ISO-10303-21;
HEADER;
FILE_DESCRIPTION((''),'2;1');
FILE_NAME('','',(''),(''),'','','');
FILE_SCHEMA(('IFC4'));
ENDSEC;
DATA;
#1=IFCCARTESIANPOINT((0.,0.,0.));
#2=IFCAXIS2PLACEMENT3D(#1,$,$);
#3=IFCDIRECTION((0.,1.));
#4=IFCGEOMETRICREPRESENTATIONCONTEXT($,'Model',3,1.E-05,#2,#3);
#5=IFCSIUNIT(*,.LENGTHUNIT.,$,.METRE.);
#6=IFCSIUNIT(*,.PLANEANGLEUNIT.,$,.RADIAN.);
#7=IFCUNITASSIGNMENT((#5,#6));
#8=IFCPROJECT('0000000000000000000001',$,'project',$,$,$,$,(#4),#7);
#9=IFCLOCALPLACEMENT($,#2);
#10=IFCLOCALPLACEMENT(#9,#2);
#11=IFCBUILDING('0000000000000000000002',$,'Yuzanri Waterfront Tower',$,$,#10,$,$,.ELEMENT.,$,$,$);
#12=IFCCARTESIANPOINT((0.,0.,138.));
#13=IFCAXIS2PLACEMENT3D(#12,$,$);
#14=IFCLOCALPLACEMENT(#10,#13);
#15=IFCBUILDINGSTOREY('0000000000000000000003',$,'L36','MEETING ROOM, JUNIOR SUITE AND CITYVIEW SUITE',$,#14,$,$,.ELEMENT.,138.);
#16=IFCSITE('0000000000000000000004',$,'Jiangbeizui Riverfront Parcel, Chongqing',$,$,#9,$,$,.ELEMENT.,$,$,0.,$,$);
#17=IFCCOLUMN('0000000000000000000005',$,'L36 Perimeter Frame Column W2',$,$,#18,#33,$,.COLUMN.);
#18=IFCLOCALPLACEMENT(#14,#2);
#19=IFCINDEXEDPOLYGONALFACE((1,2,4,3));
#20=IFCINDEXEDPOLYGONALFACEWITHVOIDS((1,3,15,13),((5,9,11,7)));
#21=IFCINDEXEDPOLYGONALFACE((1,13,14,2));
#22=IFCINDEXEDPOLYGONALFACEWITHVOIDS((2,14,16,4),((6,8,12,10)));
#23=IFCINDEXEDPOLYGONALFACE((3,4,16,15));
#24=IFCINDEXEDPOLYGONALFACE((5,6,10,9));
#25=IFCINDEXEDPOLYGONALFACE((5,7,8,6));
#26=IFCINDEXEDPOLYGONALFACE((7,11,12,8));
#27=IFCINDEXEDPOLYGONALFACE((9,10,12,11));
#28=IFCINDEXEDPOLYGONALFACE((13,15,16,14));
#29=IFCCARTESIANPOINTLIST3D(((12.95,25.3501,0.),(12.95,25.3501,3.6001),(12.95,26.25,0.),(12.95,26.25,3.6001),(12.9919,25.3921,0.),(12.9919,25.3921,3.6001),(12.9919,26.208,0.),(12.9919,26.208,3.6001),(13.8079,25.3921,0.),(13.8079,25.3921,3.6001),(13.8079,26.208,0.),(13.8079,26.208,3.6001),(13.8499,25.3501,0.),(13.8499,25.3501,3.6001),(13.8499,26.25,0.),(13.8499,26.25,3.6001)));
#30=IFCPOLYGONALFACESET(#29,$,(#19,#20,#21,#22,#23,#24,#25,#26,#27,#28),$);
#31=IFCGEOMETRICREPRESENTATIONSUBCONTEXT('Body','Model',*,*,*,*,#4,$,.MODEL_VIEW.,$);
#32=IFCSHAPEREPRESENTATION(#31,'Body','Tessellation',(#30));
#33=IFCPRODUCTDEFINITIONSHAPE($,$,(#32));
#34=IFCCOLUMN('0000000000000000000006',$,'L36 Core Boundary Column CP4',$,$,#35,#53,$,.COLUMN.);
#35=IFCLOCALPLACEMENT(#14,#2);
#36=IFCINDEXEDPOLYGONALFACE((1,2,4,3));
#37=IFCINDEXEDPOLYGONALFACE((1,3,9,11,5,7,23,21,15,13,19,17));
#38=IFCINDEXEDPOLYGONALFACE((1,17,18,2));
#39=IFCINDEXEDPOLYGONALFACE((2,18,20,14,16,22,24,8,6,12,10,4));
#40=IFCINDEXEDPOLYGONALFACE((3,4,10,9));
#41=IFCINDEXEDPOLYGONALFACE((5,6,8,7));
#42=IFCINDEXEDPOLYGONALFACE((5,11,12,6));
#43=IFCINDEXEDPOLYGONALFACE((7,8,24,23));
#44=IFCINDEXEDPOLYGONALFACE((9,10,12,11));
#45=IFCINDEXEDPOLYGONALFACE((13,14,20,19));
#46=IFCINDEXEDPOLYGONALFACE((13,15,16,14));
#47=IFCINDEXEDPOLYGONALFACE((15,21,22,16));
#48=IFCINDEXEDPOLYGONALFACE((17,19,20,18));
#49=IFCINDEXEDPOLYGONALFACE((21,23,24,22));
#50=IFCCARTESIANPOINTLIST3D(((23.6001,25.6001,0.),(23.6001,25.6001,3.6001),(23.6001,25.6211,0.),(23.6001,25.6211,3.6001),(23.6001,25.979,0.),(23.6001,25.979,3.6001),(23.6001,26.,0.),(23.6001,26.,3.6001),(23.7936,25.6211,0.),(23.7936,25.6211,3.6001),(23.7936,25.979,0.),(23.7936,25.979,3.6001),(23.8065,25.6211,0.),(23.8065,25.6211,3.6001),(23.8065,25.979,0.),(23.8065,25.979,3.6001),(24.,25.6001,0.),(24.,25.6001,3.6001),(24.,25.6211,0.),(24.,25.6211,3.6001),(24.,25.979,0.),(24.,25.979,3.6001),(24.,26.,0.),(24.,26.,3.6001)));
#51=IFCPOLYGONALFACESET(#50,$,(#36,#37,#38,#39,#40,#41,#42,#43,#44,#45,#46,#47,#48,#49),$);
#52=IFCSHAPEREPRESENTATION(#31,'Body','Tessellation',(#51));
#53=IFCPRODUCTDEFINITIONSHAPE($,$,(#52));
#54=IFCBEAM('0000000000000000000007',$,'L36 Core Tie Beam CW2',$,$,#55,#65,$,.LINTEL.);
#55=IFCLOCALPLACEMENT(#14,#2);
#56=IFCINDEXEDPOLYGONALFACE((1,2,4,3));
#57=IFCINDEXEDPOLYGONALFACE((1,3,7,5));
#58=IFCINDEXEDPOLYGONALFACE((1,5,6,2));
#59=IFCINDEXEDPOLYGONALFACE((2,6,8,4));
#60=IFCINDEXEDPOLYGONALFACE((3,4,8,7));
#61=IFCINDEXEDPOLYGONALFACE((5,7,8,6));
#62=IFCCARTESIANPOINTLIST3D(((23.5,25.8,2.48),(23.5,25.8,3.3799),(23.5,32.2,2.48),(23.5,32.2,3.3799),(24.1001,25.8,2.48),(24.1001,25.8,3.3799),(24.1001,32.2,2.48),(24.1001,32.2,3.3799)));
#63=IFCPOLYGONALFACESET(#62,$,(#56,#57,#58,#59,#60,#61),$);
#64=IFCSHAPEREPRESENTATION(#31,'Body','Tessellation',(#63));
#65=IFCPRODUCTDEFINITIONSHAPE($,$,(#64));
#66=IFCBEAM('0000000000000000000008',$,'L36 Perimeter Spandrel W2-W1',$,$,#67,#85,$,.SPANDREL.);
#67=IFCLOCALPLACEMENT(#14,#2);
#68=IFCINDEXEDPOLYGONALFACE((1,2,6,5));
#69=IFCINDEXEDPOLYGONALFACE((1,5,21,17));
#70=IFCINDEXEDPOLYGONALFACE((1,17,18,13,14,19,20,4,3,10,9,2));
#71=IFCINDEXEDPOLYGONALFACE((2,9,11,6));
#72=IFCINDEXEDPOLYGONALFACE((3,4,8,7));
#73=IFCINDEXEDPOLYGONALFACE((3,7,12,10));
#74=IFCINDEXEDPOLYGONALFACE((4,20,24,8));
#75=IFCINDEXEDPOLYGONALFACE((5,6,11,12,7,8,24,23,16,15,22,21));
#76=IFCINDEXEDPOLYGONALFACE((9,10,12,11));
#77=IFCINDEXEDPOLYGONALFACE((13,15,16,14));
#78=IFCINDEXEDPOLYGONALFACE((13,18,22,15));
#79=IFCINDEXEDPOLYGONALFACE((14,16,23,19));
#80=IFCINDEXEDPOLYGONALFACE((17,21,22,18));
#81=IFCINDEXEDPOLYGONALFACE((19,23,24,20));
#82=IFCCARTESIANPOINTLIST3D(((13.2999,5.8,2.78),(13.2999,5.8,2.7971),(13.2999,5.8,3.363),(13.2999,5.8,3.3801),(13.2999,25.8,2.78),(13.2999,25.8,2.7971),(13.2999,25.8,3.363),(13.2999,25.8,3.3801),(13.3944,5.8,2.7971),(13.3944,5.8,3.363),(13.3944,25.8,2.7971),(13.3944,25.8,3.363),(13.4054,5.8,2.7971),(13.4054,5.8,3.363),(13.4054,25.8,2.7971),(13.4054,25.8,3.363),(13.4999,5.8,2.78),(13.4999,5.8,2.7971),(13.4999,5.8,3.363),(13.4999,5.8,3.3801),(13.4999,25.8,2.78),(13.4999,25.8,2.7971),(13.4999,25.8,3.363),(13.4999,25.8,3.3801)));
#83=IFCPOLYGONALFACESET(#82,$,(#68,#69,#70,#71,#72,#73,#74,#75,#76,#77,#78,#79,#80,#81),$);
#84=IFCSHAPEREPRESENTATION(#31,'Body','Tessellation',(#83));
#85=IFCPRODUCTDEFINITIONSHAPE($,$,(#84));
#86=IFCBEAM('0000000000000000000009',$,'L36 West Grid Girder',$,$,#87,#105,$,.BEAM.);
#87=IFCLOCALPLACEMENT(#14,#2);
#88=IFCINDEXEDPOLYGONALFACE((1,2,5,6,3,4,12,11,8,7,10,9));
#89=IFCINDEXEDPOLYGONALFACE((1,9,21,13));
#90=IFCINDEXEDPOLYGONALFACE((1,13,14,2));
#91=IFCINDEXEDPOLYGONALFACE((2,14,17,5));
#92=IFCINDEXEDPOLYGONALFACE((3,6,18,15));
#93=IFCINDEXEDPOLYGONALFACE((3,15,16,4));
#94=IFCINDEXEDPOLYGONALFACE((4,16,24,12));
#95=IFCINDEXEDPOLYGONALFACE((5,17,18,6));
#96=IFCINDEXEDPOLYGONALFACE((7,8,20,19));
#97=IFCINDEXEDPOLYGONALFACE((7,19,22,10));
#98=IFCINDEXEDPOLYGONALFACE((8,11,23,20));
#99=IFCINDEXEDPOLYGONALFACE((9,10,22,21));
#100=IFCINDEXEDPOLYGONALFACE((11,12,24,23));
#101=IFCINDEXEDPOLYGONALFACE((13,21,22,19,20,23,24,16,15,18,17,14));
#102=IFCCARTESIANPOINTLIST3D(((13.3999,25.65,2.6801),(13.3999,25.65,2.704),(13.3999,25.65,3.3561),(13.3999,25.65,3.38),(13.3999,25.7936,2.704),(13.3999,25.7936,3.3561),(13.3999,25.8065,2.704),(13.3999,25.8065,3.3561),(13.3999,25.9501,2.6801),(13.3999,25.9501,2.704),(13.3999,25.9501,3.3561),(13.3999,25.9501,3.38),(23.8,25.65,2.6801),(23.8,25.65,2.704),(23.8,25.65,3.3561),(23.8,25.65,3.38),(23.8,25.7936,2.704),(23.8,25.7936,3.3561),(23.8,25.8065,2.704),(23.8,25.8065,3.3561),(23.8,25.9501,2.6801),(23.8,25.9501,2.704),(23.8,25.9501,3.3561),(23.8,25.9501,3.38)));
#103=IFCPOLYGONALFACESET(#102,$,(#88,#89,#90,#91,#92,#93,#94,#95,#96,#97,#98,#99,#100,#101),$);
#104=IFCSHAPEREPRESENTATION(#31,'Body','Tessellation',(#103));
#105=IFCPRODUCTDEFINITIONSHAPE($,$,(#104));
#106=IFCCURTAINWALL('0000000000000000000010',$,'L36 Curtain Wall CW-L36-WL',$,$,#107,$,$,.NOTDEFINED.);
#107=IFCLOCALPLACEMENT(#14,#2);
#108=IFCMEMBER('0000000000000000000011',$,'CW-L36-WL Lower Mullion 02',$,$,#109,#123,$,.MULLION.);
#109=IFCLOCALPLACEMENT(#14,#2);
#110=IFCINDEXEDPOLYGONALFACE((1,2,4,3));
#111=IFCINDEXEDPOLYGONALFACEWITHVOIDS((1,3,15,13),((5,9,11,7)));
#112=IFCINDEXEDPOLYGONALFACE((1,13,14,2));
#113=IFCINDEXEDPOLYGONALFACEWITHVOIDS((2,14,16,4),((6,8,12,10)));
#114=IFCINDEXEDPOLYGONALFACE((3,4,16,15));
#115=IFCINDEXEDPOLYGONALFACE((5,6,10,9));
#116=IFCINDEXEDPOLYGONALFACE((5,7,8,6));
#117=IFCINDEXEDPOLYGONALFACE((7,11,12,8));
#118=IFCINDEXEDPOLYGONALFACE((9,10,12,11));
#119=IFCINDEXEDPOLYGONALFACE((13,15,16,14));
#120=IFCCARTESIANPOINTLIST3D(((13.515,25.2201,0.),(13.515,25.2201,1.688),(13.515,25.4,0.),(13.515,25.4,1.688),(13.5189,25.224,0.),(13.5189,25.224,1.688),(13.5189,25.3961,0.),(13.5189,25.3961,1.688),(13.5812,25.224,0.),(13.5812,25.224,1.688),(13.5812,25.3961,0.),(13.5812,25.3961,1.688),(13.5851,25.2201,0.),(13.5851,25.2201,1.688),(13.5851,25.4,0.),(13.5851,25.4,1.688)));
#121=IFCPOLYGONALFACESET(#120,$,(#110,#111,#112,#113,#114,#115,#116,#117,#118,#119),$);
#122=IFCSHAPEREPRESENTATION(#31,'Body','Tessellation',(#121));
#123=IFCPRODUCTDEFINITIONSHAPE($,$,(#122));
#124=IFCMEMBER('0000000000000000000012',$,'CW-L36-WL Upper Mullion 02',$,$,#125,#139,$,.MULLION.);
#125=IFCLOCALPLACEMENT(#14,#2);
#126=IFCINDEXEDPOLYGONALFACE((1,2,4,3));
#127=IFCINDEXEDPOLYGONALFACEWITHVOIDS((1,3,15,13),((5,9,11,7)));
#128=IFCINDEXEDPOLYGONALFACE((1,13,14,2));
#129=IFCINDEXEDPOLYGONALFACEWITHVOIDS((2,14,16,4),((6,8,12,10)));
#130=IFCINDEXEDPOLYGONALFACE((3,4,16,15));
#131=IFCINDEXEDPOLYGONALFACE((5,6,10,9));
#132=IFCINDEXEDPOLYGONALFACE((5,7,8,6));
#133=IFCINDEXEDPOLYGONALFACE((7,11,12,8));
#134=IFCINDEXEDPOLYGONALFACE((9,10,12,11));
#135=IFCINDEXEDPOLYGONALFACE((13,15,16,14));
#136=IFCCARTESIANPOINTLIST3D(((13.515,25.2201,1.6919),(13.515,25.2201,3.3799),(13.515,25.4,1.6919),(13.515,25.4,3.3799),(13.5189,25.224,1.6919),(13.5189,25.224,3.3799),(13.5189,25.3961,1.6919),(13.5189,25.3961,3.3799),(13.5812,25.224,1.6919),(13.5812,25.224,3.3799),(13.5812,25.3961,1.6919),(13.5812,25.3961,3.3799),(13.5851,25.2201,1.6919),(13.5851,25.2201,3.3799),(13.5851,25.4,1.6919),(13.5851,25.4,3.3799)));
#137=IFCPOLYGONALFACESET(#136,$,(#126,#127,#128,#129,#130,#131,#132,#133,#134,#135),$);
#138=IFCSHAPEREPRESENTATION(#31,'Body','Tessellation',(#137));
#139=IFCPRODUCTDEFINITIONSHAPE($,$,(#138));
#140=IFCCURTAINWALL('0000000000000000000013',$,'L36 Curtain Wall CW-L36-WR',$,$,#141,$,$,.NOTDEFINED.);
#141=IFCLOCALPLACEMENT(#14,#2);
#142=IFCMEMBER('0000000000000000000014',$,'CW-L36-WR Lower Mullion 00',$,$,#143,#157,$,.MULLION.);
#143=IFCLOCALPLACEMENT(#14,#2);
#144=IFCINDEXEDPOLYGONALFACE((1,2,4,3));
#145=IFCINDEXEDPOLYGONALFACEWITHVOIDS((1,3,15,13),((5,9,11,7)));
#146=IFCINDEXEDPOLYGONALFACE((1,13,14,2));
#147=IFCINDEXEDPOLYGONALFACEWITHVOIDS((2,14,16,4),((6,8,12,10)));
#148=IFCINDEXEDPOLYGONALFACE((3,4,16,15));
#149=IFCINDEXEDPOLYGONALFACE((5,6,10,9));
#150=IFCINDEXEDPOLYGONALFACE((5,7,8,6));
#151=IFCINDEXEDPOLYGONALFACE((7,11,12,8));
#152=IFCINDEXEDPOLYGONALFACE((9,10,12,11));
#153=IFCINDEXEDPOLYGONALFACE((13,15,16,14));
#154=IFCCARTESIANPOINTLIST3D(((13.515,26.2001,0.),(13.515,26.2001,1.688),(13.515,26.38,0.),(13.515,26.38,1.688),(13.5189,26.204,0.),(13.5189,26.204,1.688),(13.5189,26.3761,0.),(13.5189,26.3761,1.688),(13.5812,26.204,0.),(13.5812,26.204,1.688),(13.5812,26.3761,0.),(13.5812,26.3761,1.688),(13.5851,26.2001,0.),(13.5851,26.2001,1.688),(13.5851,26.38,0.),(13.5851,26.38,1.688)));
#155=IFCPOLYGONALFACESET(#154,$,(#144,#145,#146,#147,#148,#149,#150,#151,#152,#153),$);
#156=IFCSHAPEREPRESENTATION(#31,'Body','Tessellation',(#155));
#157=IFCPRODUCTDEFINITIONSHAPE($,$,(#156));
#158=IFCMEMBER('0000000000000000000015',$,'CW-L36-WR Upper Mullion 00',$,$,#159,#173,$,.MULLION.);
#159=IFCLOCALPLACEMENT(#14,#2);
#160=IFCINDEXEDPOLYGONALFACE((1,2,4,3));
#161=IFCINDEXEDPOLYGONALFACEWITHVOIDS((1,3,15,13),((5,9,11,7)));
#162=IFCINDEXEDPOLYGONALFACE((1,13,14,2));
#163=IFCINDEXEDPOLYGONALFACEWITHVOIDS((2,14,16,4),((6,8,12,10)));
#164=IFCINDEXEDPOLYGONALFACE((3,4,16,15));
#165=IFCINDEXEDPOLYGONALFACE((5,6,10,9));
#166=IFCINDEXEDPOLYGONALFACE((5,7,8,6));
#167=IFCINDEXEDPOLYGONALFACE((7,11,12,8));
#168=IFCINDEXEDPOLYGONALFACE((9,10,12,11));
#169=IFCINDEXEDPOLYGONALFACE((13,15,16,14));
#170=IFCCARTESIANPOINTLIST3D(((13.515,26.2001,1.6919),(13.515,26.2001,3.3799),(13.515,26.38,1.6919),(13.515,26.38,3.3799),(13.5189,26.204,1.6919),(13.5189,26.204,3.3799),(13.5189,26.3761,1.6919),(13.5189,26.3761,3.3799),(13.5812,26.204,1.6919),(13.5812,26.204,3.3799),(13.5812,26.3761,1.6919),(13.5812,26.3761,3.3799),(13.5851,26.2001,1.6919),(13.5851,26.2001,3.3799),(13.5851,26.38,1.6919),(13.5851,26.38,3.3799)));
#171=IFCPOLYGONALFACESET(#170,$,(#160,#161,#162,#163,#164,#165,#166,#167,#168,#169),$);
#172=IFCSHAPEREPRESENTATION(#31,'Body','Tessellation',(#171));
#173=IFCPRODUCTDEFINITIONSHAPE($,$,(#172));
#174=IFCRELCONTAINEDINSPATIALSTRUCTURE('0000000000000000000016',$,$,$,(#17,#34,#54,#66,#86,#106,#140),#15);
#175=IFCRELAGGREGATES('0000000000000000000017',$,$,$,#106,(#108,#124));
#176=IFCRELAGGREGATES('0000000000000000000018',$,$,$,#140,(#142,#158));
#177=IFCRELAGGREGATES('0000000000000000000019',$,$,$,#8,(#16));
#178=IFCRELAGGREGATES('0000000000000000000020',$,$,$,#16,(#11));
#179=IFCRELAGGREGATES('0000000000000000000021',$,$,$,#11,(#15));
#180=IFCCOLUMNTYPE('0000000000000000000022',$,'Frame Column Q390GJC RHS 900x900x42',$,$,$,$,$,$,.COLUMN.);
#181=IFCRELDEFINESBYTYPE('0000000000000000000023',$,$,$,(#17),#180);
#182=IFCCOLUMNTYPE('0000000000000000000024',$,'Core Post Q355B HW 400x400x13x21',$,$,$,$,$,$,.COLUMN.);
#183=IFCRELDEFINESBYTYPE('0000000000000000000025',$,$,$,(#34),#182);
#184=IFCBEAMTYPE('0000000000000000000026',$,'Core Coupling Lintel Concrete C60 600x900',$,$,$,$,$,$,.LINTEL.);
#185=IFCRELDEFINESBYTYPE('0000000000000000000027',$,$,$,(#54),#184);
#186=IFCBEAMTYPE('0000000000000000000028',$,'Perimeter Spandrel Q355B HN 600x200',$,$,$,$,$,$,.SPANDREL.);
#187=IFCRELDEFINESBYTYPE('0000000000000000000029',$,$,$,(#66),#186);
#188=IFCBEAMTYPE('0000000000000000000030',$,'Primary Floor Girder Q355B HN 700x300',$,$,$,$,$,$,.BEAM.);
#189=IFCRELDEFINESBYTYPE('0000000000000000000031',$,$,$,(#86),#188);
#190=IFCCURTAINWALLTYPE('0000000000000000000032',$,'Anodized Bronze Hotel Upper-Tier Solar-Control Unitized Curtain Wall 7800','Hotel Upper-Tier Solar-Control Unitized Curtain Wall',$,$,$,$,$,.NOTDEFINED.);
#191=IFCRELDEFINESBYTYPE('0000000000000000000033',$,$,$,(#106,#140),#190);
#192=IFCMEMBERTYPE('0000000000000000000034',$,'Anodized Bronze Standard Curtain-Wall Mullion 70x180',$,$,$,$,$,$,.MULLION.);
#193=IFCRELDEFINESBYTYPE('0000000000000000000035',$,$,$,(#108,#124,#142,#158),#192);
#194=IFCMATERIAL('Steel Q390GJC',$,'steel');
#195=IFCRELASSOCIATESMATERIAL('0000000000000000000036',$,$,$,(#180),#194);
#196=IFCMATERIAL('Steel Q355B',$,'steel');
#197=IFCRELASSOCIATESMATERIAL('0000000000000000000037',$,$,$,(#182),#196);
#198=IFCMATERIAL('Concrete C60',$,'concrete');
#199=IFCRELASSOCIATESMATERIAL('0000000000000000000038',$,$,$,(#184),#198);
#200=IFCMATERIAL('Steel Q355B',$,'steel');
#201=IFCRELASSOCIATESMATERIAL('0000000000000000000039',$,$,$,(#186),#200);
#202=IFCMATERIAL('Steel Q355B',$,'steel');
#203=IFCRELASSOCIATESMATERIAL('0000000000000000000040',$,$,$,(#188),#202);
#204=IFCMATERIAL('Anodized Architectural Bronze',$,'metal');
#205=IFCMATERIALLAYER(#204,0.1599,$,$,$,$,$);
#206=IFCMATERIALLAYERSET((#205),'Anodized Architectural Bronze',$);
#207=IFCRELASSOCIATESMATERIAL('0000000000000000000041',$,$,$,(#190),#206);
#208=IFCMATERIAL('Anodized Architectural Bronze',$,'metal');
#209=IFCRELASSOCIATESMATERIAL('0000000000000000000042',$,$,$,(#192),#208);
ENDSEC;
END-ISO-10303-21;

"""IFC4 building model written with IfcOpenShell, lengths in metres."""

from ifc_helpers import new_model, si_unit, direction, frame, origin, origin_2d, place, context, subcontext, project, spatial, rectangle, hollow_rectangle, i_section, extrude, source, transform, mapped, material, layer, layer_set, material_profile, profile_set, type_object, element, aggregate, save


model = new_model("IFC4")

# Units and contexts
model_context = context("Model", 3, precision=1e-05, world=origin(), true_north=direction((0.0, 1.0)))
body_context = subcontext(model_context, "Body", "Model", "MODEL_VIEW")
ifc_project = project(units=[si_unit("LENGTHUNIT", "METRE"), si_unit("PLANEANGLEUNIT", "RADIAN")], contexts=[model_context])

# Site, building, storey
site_placement = place(None, origin())
site = spatial("IfcSite", under=ifc_project, at=site_placement, Name="Jiangbeizui Riverfront Parcel, Chongqing", CompositionType="ELEMENT", RefElevation=0.0)
building_placement = place(site_placement, origin())
building = spatial("IfcBuilding", under=site, at=building_placement, Name="Yuzanri Waterfront Tower", CompositionType="ELEMENT")
storey_placement = place(building_placement, frame((0.0, 0.0, 138.0)))
storey = spatial("IfcBuildingStorey", under=building, at=storey_placement, Name="L36", Description="MEETING ROOM, JUNIOR SUITE AND CITYVIEW SUITE", CompositionType="ELEMENT", Elevation=138.0)

# Columns
ifc_material_1 = material(Name="Steel Q390GJC", Category="steel")
ifc_material_profile_1 = material_profile(ifc_material_1, hollow_rectangle(XDim=0.8999, YDim=0.8999, WallThickness=0.042, at=origin_2d()), Name="RHS 900x900x42")
ifc_profile_set_1 = profile_set([ifc_material_profile_1], Name="Steel Q390GJC")
column_type_1 = type_object("IfcColumnType", Name="Frame Column Q390GJC RHS 900x900x42", PredefinedType="COLUMN", material=ifc_profile_set_1)
shared_shape_1 = source(origin(), body_context, "Body", "SweptSolid", [
    extrude(hollow_rectangle(XDim=0.8999, YDim=0.8999, WallThickness=0.042, at=origin_2d()), origin(), (0.0, 0.0, 1.0), 3.6001),
])
column_1_placement = place(storey_placement, frame((13.3999, 25.8, 0.0), z_axis=(0.0, 0.0, 1.0), x_axis=(1.0, 0.0, 0.0)))
element("IfcColumn", 1, at=column_1_placement, inside=storey, type_object=column_type_1, Name="L36 Perimeter Frame Column W2", PredefinedType="COLUMN", context=body_context, shape_type="MappedRepresentation", body=[
    mapped(shared_shape_1, transform((0.0, 0.0, 0.0), scale=1.0)),
])
ifc_material_2 = material(Name="Steel Q355B", Category="steel")
ifc_material_profile_2 = material_profile(ifc_material_2, i_section(OverallWidth=0.3999, OverallDepth=0.3999, WebThickness=0.0129, FlangeThickness=0.021, at=origin_2d()), Name="HW 400x400x13x21")
ifc_profile_set_2 = profile_set([ifc_material_profile_2], Name="Steel Q355B")
column_type_2 = type_object("IfcColumnType", Name="Core Post Q355B HW 400x400x13x21", PredefinedType="COLUMN", material=ifc_profile_set_2)
shared_shape_2 = source(origin(), body_context, "Body", "SweptSolid", [
    extrude(i_section(OverallWidth=0.3999, OverallDepth=0.3999, WebThickness=0.0129, FlangeThickness=0.021, at=origin_2d()), origin(), (0.0, 0.0, 1.0), 3.6001),
])
column_2_placement = place(storey_placement, frame((23.8, 25.8, 0.0), z_axis=(0.0, 0.0, 1.0), x_axis=(1.0, 0.0, 0.0)))
element("IfcColumn", 2, at=column_2_placement, inside=storey, type_object=column_type_2, Name="L36 Core Boundary Column CP4", PredefinedType="COLUMN", context=body_context, shape_type="MappedRepresentation", body=[
    mapped(shared_shape_2, transform((0.0, 0.0, 0.0), scale=1.0)),
])

# Beams
ifc_material_3 = material(Name="Concrete C60", Category="concrete")
ifc_material_profile_3 = material_profile(ifc_material_3, rectangle(XDim=0.6001, YDim=0.8999, at=origin_2d()), Name="RC 600x900")
ifc_profile_set_3 = profile_set([ifc_material_profile_3], Name="Concrete C60")
beam_type_1 = type_object("IfcBeamType", Name="Core Coupling Lintel Concrete C60 600x900", PredefinedType="LINTEL", material=ifc_profile_set_3)
shared_shape_3 = source(origin(), body_context, "Body", "SweptSolid", [
    extrude(rectangle(XDim=0.6001, YDim=0.8999, at=origin_2d()), origin(), (0.0, 0.0, 1.0), 6.3999),
])
beam_1_placement = place(storey_placement, frame((23.8, 25.8, 2.9299), z_axis=(0.0, 1.0, 0.0), x_axis=(-1.0, 0.0, 0.0)))
element("IfcBeam", 3, at=beam_1_placement, inside=storey, type_object=beam_type_1, Name="L36 Core Tie Beam CW2", PredefinedType="LINTEL", context=body_context, shape_type="MappedRepresentation", body=[
    mapped(shared_shape_3, transform((0.0, 0.0, 0.0), scale=1.0)),
])
ifc_material_4 = material(Name="Steel Q355B", Category="steel")
ifc_material_profile_4 = material_profile(ifc_material_4, i_section(OverallWidth=0.2, OverallDepth=0.6001, WebThickness=0.011, FlangeThickness=0.0171, at=origin_2d()), Name="HN 600x200x11x17")
ifc_profile_set_4 = profile_set([ifc_material_profile_4], Name="Steel Q355B")
beam_type_2 = type_object("IfcBeamType", Name="Perimeter Spandrel Q355B HN 600x200", PredefinedType="SPANDREL", material=ifc_profile_set_4)
shared_shape_4 = source(origin(), body_context, "Body", "SweptSolid", [
    extrude(i_section(OverallWidth=0.2, OverallDepth=0.6001, WebThickness=0.011, FlangeThickness=0.0171, at=origin_2d()), origin(), (0.0, 0.0, 1.0), 20.0),
])
beam_2_placement = place(storey_placement, frame((13.3999, 25.8, 3.0801), z_axis=(0.0, -1.0, 0.0), x_axis=(1.0, 0.0, 0.0)))
element("IfcBeam", 4, at=beam_2_placement, inside=storey, type_object=beam_type_2, Name="L36 Perimeter Spandrel W2-W1", PredefinedType="SPANDREL", context=body_context, shape_type="MappedRepresentation", body=[
    mapped(shared_shape_4, transform((0.0, 0.0, 0.0), scale=1.0)),
])
ifc_material_5 = material(Name="Steel Q355B", Category="steel")
ifc_material_profile_5 = material_profile(ifc_material_5, i_section(OverallWidth=0.3, OverallDepth=0.7, WebThickness=0.0129, FlangeThickness=0.0239, at=origin_2d()), Name="HN 700x300x13x24")
ifc_profile_set_5 = profile_set([ifc_material_profile_5], Name="Steel Q355B")
beam_type_3 = type_object("IfcBeamType", Name="Primary Floor Girder Q355B HN 700x300", PredefinedType="BEAM", material=ifc_profile_set_5)
shared_shape_5 = source(origin(), body_context, "Body", "SweptSolid", [
    extrude(i_section(OverallWidth=0.3, OverallDepth=0.7, WebThickness=0.0129, FlangeThickness=0.0239, at=origin_2d()), origin(), (0.0, 0.0, 1.0), 10.4001),
])
beam_3_placement = place(storey_placement, frame((23.8, 25.8, 3.03), z_axis=(-1.0, 0.0, 0.0), x_axis=(0.0, -1.0, 0.0)))
element("IfcBeam", 5, at=beam_3_placement, inside=storey, type_object=beam_type_3, Name="L36 West Grid Girder", PredefinedType="BEAM", context=body_context, shape_type="MappedRepresentation", body=[
    mapped(shared_shape_5, transform((0.0, 0.0, 0.0), scale=1.0)),
])

# Curtain walls, members
ifc_material_6 = material(Name="Anodized Architectural Bronze", Category="metal")
ifc_layer_1 = layer(ifc_material_6, 0.1599)
ifc_layer_set_1 = layer_set([ifc_layer_1], Name="Anodized Architectural Bronze")
curtain_wall_type = type_object("IfcCurtainWallType", Name="Anodized Bronze Hotel Upper-Tier Solar-Control Unitized Curtain Wall 7800", Description="Hotel Upper-Tier Solar-Control Unitized Curtain Wall", PredefinedType="NOTDEFINED", material=ifc_layer_set_1)
curtain_wall_1_placement = place(storey_placement, origin())
curtain_wall_1 = element("IfcCurtainWall", 6, at=curtain_wall_1_placement, inside=storey, type_object=curtain_wall_type, Name="L36 Curtain Wall CW-L36-WL", PredefinedType="NOTDEFINED")
ifc_material_7 = material(Name="Anodized Architectural Bronze", Category="metal")
ifc_material_profile_6 = material_profile(ifc_material_7, hollow_rectangle(XDim=0.0701, YDim=0.1799, WallThickness=0.0039, at=origin_2d()), Name="CWM 70x180")
ifc_profile_set_6 = profile_set([ifc_material_profile_6], Name="Anodized Architectural Bronze")
member_type_1 = type_object("IfcMemberType", Name="Anodized Bronze Standard Curtain-Wall Mullion 70x180", PredefinedType="MULLION", material=ifc_profile_set_6)
shared_shape_6 = source(origin(), body_context, "Body", "SweptSolid", [
    extrude(hollow_rectangle(XDim=0.0701, YDim=0.1799, WallThickness=0.0039, at=origin_2d()), origin(), (0.0, 0.0, 1.0), 1.688),
])
member_1_placement = place(storey_placement, frame((13.55, 25.3101, 0.0), z_axis=(0.0, 0.0, 1.0), x_axis=(1.0, 0.0, 0.0)))
member_1 = element("IfcMember", 7, at=member_1_placement, type_object=member_type_1, Name="CW-L36-WL Lower Mullion 02", PredefinedType="MULLION", context=body_context, shape_type="MappedRepresentation", body=[
    mapped(shared_shape_6, transform((0.0, 0.0, 0.0), scale=1.0)),
])
member_2_placement = place(storey_placement, frame((13.55, 25.3101, 1.6919), z_axis=(0.0, 0.0, 1.0), x_axis=(1.0, 0.0, 0.0)))
member_2 = element("IfcMember", 8, at=member_2_placement, type_object=member_type_1, Name="CW-L36-WL Upper Mullion 02", PredefinedType="MULLION", context=body_context, shape_type="MappedRepresentation", body=[
    mapped(shared_shape_6, transform((0.0, 0.0, 0.0), scale=1.0)),
])
aggregate(curtain_wall_1, [member_1, member_2])
curtain_wall_2_placement = place(storey_placement, origin())
curtain_wall_2 = element("IfcCurtainWall", 9, at=curtain_wall_2_placement, inside=storey, type_object=curtain_wall_type, Name="L36 Curtain Wall CW-L36-WR", PredefinedType="NOTDEFINED")
member_3_placement = place(storey_placement, frame((13.55, 26.29, 0.0), z_axis=(0.0, 0.0, 1.0), x_axis=(1.0, 0.0, 0.0)))
member_3 = element("IfcMember", 10, at=member_3_placement, type_object=member_type_1, Name="CW-L36-WR Lower Mullion 00", PredefinedType="MULLION", context=body_context, shape_type="MappedRepresentation", body=[
    mapped(shared_shape_6, transform((0.0, 0.0, 0.0), scale=1.0)),
])
member_4_placement = place(storey_placement, frame((13.55, 26.29, 1.6919), z_axis=(0.0, 0.0, 1.0), x_axis=(1.0, 0.0, 0.0)))
member_4 = element("IfcMember", 11, at=member_4_placement, type_object=member_type_1, Name="CW-L36-WR Upper Mullion 00", PredefinedType="MULLION", context=body_context, shape_type="MappedRepresentation", body=[
    mapped(shared_shape_6, transform((0.0, 0.0, 0.0), scale=1.0)),
])

aggregate(curtain_wall_2, [member_3, member_4])

save(model, "model.ifc")
